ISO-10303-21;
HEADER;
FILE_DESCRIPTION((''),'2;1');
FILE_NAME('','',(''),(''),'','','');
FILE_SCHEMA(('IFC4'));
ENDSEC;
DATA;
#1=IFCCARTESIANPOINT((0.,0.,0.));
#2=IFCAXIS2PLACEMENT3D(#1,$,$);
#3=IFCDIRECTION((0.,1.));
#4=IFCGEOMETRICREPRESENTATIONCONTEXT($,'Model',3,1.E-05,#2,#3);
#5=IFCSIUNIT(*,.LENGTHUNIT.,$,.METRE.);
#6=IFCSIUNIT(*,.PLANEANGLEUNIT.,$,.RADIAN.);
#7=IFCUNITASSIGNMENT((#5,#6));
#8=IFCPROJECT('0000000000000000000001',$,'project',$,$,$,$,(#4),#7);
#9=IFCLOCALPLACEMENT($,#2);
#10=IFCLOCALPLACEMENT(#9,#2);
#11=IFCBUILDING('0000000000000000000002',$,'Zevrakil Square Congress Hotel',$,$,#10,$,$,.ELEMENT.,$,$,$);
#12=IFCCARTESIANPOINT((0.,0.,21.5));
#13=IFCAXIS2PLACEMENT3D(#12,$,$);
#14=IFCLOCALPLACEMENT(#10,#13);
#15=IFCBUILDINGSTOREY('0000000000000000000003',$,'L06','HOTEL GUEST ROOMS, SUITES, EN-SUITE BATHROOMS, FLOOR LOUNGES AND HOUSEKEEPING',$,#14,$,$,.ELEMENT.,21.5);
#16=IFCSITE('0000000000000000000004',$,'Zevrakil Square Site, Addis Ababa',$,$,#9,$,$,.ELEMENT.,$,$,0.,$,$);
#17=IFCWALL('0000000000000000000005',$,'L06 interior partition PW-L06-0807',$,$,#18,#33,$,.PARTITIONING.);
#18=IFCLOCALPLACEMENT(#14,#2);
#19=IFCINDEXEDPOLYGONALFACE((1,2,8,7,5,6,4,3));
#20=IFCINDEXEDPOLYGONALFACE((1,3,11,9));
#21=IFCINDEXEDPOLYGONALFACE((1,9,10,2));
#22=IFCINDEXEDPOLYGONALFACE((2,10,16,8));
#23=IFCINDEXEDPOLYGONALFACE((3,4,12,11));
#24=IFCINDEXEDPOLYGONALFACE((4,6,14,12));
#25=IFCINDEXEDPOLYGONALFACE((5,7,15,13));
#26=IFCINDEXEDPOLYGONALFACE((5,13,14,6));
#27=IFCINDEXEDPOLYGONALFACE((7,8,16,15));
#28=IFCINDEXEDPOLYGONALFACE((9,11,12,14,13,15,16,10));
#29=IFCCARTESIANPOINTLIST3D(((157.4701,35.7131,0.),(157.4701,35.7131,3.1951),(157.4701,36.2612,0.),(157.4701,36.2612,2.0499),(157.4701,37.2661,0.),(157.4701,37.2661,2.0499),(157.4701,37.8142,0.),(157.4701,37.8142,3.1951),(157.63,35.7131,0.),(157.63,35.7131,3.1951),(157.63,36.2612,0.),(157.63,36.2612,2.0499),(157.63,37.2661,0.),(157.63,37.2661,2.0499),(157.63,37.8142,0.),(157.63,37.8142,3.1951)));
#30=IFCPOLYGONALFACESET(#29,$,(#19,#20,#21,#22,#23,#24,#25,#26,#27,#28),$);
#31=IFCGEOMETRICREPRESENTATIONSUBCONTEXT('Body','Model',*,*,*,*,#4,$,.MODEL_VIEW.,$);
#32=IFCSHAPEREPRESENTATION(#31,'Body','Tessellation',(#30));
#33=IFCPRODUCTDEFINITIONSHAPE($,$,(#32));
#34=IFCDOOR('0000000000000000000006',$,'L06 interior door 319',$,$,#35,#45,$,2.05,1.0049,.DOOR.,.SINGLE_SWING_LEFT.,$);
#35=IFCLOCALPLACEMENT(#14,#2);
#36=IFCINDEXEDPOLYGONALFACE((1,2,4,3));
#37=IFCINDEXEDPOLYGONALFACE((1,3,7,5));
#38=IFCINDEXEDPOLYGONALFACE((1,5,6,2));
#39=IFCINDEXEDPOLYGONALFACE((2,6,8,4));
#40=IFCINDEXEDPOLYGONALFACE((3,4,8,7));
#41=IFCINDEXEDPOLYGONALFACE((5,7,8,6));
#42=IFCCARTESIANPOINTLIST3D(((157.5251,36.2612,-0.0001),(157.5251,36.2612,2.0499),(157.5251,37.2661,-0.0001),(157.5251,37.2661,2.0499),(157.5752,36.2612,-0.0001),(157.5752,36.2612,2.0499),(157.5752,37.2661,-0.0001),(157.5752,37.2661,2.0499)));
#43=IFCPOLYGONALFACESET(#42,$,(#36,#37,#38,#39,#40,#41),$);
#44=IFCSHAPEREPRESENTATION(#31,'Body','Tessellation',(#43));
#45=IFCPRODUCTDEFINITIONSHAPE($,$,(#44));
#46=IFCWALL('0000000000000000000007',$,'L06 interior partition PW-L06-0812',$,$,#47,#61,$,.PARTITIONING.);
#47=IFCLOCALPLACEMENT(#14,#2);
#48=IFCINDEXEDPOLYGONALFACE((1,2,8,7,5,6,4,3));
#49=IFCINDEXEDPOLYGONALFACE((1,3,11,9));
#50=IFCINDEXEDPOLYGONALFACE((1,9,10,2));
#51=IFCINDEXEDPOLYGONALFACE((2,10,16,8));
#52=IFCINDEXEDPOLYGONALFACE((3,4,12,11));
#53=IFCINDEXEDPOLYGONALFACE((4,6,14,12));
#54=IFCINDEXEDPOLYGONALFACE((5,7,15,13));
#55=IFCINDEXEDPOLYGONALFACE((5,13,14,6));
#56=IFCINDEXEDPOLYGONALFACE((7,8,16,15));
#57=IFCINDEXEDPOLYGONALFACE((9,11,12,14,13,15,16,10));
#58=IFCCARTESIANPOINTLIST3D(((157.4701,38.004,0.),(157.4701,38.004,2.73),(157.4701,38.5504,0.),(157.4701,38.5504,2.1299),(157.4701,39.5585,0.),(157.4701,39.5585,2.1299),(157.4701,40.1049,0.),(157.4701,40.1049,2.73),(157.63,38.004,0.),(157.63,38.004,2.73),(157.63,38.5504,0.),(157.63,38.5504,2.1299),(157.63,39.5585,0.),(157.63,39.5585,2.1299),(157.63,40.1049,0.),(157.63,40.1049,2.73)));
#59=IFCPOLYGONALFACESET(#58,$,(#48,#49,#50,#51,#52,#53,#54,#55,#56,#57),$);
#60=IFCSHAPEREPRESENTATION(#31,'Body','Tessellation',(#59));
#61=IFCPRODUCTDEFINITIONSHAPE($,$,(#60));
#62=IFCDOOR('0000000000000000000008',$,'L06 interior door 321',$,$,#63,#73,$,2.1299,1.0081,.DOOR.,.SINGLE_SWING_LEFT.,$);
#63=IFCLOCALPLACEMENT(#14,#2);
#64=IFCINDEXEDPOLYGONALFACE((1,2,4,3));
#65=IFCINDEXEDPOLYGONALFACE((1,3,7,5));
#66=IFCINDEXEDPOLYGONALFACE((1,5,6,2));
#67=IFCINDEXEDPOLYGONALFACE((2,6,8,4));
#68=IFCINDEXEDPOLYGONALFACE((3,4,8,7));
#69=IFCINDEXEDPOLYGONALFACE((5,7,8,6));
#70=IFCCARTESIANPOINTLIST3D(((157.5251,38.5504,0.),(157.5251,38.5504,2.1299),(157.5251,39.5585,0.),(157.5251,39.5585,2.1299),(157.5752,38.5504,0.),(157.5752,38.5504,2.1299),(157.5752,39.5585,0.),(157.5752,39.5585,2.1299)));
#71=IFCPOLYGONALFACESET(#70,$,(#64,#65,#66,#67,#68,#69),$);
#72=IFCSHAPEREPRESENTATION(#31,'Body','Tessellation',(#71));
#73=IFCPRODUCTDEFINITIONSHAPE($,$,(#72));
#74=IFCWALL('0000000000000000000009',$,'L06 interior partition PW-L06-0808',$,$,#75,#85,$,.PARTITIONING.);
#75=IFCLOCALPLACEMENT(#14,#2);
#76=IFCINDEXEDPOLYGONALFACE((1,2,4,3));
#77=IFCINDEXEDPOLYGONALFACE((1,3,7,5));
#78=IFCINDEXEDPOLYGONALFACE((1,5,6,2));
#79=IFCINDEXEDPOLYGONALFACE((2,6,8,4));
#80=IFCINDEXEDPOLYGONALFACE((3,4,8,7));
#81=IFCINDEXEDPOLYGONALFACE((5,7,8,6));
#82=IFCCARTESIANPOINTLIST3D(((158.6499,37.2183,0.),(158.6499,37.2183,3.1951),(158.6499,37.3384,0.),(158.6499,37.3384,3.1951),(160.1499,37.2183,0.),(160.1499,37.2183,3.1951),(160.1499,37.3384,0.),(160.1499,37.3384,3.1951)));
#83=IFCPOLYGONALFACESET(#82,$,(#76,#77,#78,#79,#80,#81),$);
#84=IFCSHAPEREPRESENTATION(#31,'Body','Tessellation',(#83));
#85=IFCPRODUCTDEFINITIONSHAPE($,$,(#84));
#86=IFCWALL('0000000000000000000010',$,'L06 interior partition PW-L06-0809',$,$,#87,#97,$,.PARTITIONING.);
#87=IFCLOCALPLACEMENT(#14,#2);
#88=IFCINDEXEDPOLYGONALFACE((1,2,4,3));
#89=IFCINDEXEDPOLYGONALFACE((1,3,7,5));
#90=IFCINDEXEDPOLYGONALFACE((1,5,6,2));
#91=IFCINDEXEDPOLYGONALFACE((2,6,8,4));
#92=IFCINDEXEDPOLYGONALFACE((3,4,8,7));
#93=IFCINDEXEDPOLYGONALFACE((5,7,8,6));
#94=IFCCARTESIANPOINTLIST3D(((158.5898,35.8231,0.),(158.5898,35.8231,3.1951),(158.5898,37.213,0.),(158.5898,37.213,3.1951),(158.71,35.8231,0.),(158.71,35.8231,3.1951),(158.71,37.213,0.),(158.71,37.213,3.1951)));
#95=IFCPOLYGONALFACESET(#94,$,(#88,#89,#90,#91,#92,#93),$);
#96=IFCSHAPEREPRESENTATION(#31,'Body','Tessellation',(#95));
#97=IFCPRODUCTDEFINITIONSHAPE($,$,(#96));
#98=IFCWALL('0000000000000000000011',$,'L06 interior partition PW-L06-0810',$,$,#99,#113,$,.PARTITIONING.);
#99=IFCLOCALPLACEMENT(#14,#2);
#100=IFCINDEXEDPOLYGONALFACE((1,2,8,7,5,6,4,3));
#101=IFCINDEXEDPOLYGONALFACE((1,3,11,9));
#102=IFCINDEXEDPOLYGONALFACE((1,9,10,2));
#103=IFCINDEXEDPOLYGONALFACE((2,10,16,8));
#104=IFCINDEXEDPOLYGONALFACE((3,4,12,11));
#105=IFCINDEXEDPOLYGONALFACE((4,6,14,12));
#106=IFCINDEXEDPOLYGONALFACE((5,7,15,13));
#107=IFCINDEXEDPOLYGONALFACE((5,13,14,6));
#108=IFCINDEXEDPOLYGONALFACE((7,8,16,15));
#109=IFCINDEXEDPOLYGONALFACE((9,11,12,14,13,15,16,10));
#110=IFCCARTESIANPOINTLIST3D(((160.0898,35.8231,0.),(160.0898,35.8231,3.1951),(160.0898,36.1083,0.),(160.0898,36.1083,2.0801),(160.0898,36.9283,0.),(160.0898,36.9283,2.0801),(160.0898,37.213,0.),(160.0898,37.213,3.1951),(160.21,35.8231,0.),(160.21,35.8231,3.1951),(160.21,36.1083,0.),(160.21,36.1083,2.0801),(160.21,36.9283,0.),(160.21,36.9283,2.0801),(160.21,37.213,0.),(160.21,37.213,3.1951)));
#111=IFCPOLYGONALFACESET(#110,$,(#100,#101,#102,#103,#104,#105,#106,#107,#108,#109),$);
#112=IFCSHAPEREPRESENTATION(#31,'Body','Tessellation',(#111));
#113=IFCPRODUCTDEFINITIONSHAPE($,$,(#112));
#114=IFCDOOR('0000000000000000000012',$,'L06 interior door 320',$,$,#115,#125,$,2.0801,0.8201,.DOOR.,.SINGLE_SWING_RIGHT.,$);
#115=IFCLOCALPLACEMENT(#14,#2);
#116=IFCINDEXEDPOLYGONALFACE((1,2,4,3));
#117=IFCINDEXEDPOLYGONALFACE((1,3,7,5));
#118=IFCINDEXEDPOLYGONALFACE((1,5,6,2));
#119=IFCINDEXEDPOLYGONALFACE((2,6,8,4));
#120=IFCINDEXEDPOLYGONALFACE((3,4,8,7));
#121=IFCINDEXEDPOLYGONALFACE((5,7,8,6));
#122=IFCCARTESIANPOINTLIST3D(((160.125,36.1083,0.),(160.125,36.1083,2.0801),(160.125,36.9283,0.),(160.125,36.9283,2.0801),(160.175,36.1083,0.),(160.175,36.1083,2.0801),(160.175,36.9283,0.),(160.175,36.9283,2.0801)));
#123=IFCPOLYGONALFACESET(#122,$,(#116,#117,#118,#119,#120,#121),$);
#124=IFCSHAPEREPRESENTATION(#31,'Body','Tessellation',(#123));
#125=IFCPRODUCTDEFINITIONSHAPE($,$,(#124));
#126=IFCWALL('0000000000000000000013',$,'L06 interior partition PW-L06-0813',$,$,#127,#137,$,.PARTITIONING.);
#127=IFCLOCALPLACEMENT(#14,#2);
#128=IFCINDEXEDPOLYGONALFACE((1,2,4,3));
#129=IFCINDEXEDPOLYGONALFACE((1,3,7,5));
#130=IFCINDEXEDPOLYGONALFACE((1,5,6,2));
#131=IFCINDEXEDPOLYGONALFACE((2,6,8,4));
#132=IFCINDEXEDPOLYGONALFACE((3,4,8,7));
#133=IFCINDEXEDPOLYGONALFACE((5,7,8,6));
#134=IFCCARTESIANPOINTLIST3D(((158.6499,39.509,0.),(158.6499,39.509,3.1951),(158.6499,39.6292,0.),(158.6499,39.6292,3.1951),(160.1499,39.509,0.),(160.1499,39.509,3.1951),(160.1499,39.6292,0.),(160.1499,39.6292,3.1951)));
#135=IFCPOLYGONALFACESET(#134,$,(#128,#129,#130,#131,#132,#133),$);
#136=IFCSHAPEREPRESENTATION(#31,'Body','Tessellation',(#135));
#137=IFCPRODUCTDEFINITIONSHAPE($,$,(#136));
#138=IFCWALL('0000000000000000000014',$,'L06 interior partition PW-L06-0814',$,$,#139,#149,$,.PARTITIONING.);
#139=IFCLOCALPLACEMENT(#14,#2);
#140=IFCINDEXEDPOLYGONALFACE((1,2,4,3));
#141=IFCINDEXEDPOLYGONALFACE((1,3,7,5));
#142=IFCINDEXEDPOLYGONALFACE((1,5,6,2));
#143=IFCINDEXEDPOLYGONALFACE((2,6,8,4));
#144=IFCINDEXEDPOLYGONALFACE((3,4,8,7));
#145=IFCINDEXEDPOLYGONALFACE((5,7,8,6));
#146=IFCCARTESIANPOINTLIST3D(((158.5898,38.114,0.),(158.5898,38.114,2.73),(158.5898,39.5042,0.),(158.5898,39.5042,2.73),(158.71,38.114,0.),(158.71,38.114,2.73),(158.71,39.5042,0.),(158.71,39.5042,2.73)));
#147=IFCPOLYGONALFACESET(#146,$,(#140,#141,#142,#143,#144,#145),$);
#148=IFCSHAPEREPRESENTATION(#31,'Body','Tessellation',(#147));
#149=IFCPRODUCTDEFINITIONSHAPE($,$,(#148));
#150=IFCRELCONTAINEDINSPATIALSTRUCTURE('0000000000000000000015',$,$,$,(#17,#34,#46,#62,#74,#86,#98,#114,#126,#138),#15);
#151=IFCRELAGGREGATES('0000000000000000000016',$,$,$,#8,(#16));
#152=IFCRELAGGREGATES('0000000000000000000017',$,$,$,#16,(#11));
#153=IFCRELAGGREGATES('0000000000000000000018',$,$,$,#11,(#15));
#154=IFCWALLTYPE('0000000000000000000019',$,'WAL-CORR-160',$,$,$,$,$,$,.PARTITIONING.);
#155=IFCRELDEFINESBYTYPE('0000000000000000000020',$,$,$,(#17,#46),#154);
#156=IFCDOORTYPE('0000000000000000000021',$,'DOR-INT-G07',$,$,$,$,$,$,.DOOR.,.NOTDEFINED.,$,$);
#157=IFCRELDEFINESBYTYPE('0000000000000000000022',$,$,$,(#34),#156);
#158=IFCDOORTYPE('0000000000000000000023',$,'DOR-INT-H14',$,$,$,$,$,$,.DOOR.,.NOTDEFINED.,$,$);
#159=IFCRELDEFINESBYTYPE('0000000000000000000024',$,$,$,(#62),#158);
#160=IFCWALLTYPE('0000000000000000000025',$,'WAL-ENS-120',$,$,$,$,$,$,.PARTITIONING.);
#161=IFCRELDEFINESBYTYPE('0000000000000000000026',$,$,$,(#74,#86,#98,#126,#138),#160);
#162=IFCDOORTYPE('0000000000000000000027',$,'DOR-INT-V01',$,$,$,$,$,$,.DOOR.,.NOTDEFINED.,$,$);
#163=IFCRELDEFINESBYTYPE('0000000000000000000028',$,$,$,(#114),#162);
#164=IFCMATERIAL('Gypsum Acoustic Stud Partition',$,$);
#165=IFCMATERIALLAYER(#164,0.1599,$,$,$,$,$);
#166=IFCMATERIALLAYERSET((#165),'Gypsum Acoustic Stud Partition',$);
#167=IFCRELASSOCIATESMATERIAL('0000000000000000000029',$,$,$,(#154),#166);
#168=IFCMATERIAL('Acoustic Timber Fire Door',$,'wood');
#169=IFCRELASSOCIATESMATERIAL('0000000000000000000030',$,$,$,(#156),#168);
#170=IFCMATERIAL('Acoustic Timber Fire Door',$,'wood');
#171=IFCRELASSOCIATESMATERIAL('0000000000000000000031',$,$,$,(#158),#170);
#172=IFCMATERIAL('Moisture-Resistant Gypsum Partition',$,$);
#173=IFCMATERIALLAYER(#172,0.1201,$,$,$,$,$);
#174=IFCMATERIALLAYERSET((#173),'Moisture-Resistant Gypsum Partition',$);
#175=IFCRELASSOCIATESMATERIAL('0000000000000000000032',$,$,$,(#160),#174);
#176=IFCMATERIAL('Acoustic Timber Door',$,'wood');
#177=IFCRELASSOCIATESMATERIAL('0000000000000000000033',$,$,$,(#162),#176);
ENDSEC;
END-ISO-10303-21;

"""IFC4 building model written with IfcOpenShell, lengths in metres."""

from ifc_helpers import new_model, si_unit, direction, frame, frame_2d, origin, place, context, subcontext, project, spatial, rectangle, extrude, material, layer, layer_set, type_object, element, fill, save


model = new_model("IFC4")

# Units and contexts
model_context = context("Model", 3, precision=1e-05, world=origin(), true_north=direction((0.0, 1.0)))
body_context = subcontext(model_context, "Body", "Model", "MODEL_VIEW")
ifc_project = project(units=[si_unit("LENGTHUNIT", "METRE"), si_unit("PLANEANGLEUNIT", "RADIAN")], contexts=[model_context])

# Site, building, storey
site_placement = place(None, origin())
site = spatial("IfcSite", under=ifc_project, at=site_placement, Name="Zevrakil Square Site, Addis Ababa", CompositionType="ELEMENT", RefElevation=0.0)
building_placement = place(site_placement, origin())
building = spatial("IfcBuilding", under=site, at=building_placement, Name="Zevrakil Square Congress Hotel", CompositionType="ELEMENT")
storey_placement = place(building_placement, frame((0.0, 0.0, 21.5)))
storey = spatial("IfcBuildingStorey", under=building, at=storey_placement, Name="L06", Description="HOTEL GUEST ROOMS, SUITES, EN-SUITE BATHROOMS, FLOOR LOUNGES AND HOUSEKEEPING", CompositionType="ELEMENT", Elevation=21.5)

# Walls, openings, doors
ifc_material_1 = material(Name="Gypsum Acoustic Stud Partition")
ifc_layer_1 = layer(ifc_material_1, 0.1599)
ifc_layer_set_1 = layer_set([ifc_layer_1], Name="Gypsum Acoustic Stud Partition")
wall_type_1 = type_object("IfcWallType", Name="WAL-CORR-160", PredefinedType="PARTITIONING", material=ifc_layer_set_1)
wall_1_placement = place(storey_placement, frame((157.55, 35.7131, 0.0), z_axis=(0.0, 0.0, 1.0), x_axis=(0.0, 1.0, 0.0)))
wall_1 = element("IfcWall", 1, at=wall_1_placement, inside=storey, type_object=wall_type_1, Name="L06 interior partition PW-L06-0807", PredefinedType="PARTITIONING", context=body_context, shape_type="SweptSolid", body=[
    extrude(rectangle(XDim=2.1011, YDim=0.1599, at=frame_2d((1.0505, 0.0))), origin(), (0.0, 0.0, 1.0), 3.1951),
])
opening_1_placement = place(wall_1_placement, frame((0.5481, 0.0, 0.0)))
opening_1 = element("IfcOpeningElement", 2, at=opening_1_placement, cuts=wall_1, PredefinedType="OPENING", context=body_context, shape_type="SweptSolid", body=[
    extrude(rectangle(XDim=1.0049, YDim=2.05, at=frame_2d((0.5024, 1.0249))), frame((0.0, 0.0898, 0.0), z_axis=(0.0, -1.0, 0.0), x_axis=(1.0, 0.0, 0.0)), (0.0, 0.0, 1.0), 0.1799),
])
ifc_material_2 = material(Name="Acoustic Timber Fire Door", Category="wood")
door_type_1 = type_object("IfcDoorType", Name="DOR-INT-G07", OperationType="NOTDEFINED", PredefinedType="DOOR", material=ifc_material_2)
door_1_placement = place(opening_1_placement, origin())
door_1 = element("IfcDoor", 3, at=door_1_placement, inside=storey, type_object=door_type_1, Name="L06 interior door 319", OperationType="SINGLE_SWING_LEFT", OverallHeight=2.05, OverallWidth=1.0049, PredefinedType="DOOR", context=body_context, shape_type="SweptSolid", body=[
    extrude(rectangle(XDim=1.0049, YDim=2.05, at=frame_2d((0.5024, 1.0249))), frame((0.0, 0.0249, 0.0), z_axis=(0.0, -1.0, 0.0), x_axis=(1.0, 0.0, 0.0)), (0.0, 0.0, 1.0), 0.05),
])
fill(opening_1, door_1)
wall_2_placement = place(storey_placement, frame((157.55, 38.0042, 0.0), z_axis=(0.0, 0.0, 1.0), x_axis=(0.0, 1.0, 0.0)))
wall_2 = element("IfcWall", 4, at=wall_2_placement, inside=storey, type_object=wall_type_1, Name="L06 interior partition PW-L06-0812", PredefinedType="PARTITIONING", context=body_context, shape_type="SweptSolid", body=[
    extrude(rectangle(XDim=2.1008, YDim=0.1599, at=frame_2d((1.0503, 0.0))), origin(), (0.0, 0.0, 1.0), 2.73),
])
opening_2_placement = place(wall_2_placement, frame((0.5464, 0.0, 0.0)))
opening_2 = element("IfcOpeningElement", 5, at=opening_2_placement, cuts=wall_2, PredefinedType="OPENING", context=body_context, shape_type="SweptSolid", body=[
    extrude(rectangle(XDim=1.0081, YDim=2.1299, at=frame_2d((0.5039, 1.0649))), frame((0.0, 0.0898, 0.0), z_axis=(0.0, -1.0, 0.0), x_axis=(1.0, 0.0, 0.0)), (0.0, 0.0, 1.0), 0.1799),
])
ifc_material_3 = material(Name="Acoustic Timber Fire Door", Category="wood")
door_type_2 = type_object("IfcDoorType", Name="DOR-INT-H14", OperationType="NOTDEFINED", PredefinedType="DOOR", material=ifc_material_3)
door_2_placement = place(opening_2_placement, origin())
door_2 = element("IfcDoor", 6, at=door_2_placement, inside=storey, type_object=door_type_2, Name="L06 interior door 321", OperationType="SINGLE_SWING_LEFT", OverallHeight=2.1299, OverallWidth=1.0081, PredefinedType="DOOR", context=body_context, shape_type="SweptSolid", body=[
    extrude(rectangle(XDim=1.0081, YDim=2.1299, at=frame_2d((0.5039, 1.0649))), frame((0.0, 0.0249, 0.0), z_axis=(0.0, -1.0, 0.0), x_axis=(1.0, 0.0, 0.0)), (0.0, 0.0, 1.0), 0.05),
])
fill(opening_2, door_2)

# Walls
ifc_material_4 = material(Name="Moisture-Resistant Gypsum Partition")
ifc_layer_2 = layer(ifc_material_4, 0.1201)
ifc_layer_set_2 = layer_set([ifc_layer_2], Name="Moisture-Resistant Gypsum Partition")
wall_type_2 = type_object("IfcWallType", Name="WAL-ENS-120", PredefinedType="PARTITIONING", material=ifc_layer_set_2)
wall_3_placement = place(storey_placement, frame((158.6499, 37.2783, 0.0), z_axis=(0.0, 0.0, 1.0), x_axis=(1.0, 0.0, 0.0)))
element("IfcWall", 7, at=wall_3_placement, inside=storey, type_object=wall_type_2, Name="L06 interior partition PW-L06-0808", PredefinedType="PARTITIONING", context=body_context, shape_type="SweptSolid", body=[
    extrude(rectangle(XDim=1.5, YDim=0.1201, at=frame_2d((0.75, 0.0))), origin(), (0.0, 0.0, 1.0), 3.1951),
])
wall_4_placement = place(storey_placement, frame((158.6499, 35.8232, 0.0), z_axis=(0.0, 0.0, 1.0), x_axis=(0.0, 1.0, 0.0)))
element("IfcWall", 8, at=wall_4_placement, inside=storey, type_object=wall_type_2, Name="L06 interior partition PW-L06-0809", PredefinedType="PARTITIONING", context=body_context, shape_type="SweptSolid", body=[
    extrude(rectangle(XDim=1.3899, YDim=0.1201, at=frame_2d((0.6948, 0.0))), origin(), (0.0, 0.0, 1.0), 3.1951),
])

# Wall, opening, door
wall_5_placement = place(storey_placement, frame((160.1499, 35.8232, 0.0), z_axis=(0.0, 0.0, 1.0), x_axis=(0.0, 1.0, 0.0)))
wall_5 = element("IfcWall", 9, at=wall_5_placement, inside=storey, type_object=wall_type_2, Name="L06 interior partition PW-L06-0810", PredefinedType="PARTITIONING", context=body_context, shape_type="SweptSolid", body=[
    extrude(rectangle(XDim=1.3899, YDim=0.1201, at=frame_2d((0.6948, 0.0))), origin(), (0.0, 0.0, 1.0), 3.1951),
])
opening_3_placement = place(wall_5_placement, frame((0.2849, 0.0, 0.0)))
opening_3 = element("IfcOpeningElement", 10, at=opening_3_placement, cuts=wall_5, PredefinedType="OPENING", context=body_context, shape_type="SweptSolid", body=[
    extrude(rectangle(XDim=0.8201, YDim=2.0801, at=frame_2d((0.4102, 1.04))), frame((0.0, 0.0701, 0.0), z_axis=(0.0, -1.0, 0.0), x_axis=(1.0, 0.0, 0.0)), (0.0, 0.0, 1.0), 0.1401),
])
ifc_material_5 = material(Name="Acoustic Timber Door", Category="wood")
door_type_3 = type_object("IfcDoorType", Name="DOR-INT-V01", OperationType="NOTDEFINED", PredefinedType="DOOR", material=ifc_material_5)
door_3_placement = place(opening_3_placement, origin())
door_3 = element("IfcDoor", 11, at=door_3_placement, inside=storey, type_object=door_type_3, Name="L06 interior door 320", OperationType="SINGLE_SWING_RIGHT", OverallHeight=2.0801, OverallWidth=0.8201, PredefinedType="DOOR", context=body_context, shape_type="SweptSolid", body=[
    extrude(rectangle(XDim=0.8201, YDim=2.0801, at=frame_2d((0.4102, 1.04))), frame((0.0, 0.0249, 0.0), z_axis=(0.0, -1.0, 0.0), x_axis=(1.0, 0.0, 0.0)), (0.0, 0.0, 1.0), 0.05),
])
fill(opening_3, door_3)

# Walls
wall_6_placement = place(storey_placement, frame((158.6499, 39.5691, 0.0), z_axis=(0.0, 0.0, 1.0), x_axis=(1.0, 0.0, 0.0)))
element("IfcWall", 12, at=wall_6_placement, inside=storey, type_object=wall_type_2, Name="L06 interior partition PW-L06-0813", PredefinedType="PARTITIONING", context=body_context, shape_type="SweptSolid", body=[
    extrude(rectangle(XDim=1.5, YDim=0.1201, at=frame_2d((0.75, 0.0))), origin(), (0.0, 0.0, 1.0), 3.1951),
])
wall_7_placement = place(storey_placement, frame((158.6499, 38.114, 0.0), z_axis=(0.0, 0.0, 1.0), x_axis=(0.0, 1.0, 0.0)))
element("IfcWall", 13, at=wall_7_placement, inside=storey, type_object=wall_type_2, Name="L06 interior partition PW-L06-0814", PredefinedType="PARTITIONING", context=body_context, shape_type="SweptSolid", body=[
    extrude(rectangle(XDim=1.3901, YDim=0.1201, at=frame_2d((0.6951, 0.0))), origin(), (0.0, 0.0, 1.0), 2.73),
])

save(model, "model.ifc")
